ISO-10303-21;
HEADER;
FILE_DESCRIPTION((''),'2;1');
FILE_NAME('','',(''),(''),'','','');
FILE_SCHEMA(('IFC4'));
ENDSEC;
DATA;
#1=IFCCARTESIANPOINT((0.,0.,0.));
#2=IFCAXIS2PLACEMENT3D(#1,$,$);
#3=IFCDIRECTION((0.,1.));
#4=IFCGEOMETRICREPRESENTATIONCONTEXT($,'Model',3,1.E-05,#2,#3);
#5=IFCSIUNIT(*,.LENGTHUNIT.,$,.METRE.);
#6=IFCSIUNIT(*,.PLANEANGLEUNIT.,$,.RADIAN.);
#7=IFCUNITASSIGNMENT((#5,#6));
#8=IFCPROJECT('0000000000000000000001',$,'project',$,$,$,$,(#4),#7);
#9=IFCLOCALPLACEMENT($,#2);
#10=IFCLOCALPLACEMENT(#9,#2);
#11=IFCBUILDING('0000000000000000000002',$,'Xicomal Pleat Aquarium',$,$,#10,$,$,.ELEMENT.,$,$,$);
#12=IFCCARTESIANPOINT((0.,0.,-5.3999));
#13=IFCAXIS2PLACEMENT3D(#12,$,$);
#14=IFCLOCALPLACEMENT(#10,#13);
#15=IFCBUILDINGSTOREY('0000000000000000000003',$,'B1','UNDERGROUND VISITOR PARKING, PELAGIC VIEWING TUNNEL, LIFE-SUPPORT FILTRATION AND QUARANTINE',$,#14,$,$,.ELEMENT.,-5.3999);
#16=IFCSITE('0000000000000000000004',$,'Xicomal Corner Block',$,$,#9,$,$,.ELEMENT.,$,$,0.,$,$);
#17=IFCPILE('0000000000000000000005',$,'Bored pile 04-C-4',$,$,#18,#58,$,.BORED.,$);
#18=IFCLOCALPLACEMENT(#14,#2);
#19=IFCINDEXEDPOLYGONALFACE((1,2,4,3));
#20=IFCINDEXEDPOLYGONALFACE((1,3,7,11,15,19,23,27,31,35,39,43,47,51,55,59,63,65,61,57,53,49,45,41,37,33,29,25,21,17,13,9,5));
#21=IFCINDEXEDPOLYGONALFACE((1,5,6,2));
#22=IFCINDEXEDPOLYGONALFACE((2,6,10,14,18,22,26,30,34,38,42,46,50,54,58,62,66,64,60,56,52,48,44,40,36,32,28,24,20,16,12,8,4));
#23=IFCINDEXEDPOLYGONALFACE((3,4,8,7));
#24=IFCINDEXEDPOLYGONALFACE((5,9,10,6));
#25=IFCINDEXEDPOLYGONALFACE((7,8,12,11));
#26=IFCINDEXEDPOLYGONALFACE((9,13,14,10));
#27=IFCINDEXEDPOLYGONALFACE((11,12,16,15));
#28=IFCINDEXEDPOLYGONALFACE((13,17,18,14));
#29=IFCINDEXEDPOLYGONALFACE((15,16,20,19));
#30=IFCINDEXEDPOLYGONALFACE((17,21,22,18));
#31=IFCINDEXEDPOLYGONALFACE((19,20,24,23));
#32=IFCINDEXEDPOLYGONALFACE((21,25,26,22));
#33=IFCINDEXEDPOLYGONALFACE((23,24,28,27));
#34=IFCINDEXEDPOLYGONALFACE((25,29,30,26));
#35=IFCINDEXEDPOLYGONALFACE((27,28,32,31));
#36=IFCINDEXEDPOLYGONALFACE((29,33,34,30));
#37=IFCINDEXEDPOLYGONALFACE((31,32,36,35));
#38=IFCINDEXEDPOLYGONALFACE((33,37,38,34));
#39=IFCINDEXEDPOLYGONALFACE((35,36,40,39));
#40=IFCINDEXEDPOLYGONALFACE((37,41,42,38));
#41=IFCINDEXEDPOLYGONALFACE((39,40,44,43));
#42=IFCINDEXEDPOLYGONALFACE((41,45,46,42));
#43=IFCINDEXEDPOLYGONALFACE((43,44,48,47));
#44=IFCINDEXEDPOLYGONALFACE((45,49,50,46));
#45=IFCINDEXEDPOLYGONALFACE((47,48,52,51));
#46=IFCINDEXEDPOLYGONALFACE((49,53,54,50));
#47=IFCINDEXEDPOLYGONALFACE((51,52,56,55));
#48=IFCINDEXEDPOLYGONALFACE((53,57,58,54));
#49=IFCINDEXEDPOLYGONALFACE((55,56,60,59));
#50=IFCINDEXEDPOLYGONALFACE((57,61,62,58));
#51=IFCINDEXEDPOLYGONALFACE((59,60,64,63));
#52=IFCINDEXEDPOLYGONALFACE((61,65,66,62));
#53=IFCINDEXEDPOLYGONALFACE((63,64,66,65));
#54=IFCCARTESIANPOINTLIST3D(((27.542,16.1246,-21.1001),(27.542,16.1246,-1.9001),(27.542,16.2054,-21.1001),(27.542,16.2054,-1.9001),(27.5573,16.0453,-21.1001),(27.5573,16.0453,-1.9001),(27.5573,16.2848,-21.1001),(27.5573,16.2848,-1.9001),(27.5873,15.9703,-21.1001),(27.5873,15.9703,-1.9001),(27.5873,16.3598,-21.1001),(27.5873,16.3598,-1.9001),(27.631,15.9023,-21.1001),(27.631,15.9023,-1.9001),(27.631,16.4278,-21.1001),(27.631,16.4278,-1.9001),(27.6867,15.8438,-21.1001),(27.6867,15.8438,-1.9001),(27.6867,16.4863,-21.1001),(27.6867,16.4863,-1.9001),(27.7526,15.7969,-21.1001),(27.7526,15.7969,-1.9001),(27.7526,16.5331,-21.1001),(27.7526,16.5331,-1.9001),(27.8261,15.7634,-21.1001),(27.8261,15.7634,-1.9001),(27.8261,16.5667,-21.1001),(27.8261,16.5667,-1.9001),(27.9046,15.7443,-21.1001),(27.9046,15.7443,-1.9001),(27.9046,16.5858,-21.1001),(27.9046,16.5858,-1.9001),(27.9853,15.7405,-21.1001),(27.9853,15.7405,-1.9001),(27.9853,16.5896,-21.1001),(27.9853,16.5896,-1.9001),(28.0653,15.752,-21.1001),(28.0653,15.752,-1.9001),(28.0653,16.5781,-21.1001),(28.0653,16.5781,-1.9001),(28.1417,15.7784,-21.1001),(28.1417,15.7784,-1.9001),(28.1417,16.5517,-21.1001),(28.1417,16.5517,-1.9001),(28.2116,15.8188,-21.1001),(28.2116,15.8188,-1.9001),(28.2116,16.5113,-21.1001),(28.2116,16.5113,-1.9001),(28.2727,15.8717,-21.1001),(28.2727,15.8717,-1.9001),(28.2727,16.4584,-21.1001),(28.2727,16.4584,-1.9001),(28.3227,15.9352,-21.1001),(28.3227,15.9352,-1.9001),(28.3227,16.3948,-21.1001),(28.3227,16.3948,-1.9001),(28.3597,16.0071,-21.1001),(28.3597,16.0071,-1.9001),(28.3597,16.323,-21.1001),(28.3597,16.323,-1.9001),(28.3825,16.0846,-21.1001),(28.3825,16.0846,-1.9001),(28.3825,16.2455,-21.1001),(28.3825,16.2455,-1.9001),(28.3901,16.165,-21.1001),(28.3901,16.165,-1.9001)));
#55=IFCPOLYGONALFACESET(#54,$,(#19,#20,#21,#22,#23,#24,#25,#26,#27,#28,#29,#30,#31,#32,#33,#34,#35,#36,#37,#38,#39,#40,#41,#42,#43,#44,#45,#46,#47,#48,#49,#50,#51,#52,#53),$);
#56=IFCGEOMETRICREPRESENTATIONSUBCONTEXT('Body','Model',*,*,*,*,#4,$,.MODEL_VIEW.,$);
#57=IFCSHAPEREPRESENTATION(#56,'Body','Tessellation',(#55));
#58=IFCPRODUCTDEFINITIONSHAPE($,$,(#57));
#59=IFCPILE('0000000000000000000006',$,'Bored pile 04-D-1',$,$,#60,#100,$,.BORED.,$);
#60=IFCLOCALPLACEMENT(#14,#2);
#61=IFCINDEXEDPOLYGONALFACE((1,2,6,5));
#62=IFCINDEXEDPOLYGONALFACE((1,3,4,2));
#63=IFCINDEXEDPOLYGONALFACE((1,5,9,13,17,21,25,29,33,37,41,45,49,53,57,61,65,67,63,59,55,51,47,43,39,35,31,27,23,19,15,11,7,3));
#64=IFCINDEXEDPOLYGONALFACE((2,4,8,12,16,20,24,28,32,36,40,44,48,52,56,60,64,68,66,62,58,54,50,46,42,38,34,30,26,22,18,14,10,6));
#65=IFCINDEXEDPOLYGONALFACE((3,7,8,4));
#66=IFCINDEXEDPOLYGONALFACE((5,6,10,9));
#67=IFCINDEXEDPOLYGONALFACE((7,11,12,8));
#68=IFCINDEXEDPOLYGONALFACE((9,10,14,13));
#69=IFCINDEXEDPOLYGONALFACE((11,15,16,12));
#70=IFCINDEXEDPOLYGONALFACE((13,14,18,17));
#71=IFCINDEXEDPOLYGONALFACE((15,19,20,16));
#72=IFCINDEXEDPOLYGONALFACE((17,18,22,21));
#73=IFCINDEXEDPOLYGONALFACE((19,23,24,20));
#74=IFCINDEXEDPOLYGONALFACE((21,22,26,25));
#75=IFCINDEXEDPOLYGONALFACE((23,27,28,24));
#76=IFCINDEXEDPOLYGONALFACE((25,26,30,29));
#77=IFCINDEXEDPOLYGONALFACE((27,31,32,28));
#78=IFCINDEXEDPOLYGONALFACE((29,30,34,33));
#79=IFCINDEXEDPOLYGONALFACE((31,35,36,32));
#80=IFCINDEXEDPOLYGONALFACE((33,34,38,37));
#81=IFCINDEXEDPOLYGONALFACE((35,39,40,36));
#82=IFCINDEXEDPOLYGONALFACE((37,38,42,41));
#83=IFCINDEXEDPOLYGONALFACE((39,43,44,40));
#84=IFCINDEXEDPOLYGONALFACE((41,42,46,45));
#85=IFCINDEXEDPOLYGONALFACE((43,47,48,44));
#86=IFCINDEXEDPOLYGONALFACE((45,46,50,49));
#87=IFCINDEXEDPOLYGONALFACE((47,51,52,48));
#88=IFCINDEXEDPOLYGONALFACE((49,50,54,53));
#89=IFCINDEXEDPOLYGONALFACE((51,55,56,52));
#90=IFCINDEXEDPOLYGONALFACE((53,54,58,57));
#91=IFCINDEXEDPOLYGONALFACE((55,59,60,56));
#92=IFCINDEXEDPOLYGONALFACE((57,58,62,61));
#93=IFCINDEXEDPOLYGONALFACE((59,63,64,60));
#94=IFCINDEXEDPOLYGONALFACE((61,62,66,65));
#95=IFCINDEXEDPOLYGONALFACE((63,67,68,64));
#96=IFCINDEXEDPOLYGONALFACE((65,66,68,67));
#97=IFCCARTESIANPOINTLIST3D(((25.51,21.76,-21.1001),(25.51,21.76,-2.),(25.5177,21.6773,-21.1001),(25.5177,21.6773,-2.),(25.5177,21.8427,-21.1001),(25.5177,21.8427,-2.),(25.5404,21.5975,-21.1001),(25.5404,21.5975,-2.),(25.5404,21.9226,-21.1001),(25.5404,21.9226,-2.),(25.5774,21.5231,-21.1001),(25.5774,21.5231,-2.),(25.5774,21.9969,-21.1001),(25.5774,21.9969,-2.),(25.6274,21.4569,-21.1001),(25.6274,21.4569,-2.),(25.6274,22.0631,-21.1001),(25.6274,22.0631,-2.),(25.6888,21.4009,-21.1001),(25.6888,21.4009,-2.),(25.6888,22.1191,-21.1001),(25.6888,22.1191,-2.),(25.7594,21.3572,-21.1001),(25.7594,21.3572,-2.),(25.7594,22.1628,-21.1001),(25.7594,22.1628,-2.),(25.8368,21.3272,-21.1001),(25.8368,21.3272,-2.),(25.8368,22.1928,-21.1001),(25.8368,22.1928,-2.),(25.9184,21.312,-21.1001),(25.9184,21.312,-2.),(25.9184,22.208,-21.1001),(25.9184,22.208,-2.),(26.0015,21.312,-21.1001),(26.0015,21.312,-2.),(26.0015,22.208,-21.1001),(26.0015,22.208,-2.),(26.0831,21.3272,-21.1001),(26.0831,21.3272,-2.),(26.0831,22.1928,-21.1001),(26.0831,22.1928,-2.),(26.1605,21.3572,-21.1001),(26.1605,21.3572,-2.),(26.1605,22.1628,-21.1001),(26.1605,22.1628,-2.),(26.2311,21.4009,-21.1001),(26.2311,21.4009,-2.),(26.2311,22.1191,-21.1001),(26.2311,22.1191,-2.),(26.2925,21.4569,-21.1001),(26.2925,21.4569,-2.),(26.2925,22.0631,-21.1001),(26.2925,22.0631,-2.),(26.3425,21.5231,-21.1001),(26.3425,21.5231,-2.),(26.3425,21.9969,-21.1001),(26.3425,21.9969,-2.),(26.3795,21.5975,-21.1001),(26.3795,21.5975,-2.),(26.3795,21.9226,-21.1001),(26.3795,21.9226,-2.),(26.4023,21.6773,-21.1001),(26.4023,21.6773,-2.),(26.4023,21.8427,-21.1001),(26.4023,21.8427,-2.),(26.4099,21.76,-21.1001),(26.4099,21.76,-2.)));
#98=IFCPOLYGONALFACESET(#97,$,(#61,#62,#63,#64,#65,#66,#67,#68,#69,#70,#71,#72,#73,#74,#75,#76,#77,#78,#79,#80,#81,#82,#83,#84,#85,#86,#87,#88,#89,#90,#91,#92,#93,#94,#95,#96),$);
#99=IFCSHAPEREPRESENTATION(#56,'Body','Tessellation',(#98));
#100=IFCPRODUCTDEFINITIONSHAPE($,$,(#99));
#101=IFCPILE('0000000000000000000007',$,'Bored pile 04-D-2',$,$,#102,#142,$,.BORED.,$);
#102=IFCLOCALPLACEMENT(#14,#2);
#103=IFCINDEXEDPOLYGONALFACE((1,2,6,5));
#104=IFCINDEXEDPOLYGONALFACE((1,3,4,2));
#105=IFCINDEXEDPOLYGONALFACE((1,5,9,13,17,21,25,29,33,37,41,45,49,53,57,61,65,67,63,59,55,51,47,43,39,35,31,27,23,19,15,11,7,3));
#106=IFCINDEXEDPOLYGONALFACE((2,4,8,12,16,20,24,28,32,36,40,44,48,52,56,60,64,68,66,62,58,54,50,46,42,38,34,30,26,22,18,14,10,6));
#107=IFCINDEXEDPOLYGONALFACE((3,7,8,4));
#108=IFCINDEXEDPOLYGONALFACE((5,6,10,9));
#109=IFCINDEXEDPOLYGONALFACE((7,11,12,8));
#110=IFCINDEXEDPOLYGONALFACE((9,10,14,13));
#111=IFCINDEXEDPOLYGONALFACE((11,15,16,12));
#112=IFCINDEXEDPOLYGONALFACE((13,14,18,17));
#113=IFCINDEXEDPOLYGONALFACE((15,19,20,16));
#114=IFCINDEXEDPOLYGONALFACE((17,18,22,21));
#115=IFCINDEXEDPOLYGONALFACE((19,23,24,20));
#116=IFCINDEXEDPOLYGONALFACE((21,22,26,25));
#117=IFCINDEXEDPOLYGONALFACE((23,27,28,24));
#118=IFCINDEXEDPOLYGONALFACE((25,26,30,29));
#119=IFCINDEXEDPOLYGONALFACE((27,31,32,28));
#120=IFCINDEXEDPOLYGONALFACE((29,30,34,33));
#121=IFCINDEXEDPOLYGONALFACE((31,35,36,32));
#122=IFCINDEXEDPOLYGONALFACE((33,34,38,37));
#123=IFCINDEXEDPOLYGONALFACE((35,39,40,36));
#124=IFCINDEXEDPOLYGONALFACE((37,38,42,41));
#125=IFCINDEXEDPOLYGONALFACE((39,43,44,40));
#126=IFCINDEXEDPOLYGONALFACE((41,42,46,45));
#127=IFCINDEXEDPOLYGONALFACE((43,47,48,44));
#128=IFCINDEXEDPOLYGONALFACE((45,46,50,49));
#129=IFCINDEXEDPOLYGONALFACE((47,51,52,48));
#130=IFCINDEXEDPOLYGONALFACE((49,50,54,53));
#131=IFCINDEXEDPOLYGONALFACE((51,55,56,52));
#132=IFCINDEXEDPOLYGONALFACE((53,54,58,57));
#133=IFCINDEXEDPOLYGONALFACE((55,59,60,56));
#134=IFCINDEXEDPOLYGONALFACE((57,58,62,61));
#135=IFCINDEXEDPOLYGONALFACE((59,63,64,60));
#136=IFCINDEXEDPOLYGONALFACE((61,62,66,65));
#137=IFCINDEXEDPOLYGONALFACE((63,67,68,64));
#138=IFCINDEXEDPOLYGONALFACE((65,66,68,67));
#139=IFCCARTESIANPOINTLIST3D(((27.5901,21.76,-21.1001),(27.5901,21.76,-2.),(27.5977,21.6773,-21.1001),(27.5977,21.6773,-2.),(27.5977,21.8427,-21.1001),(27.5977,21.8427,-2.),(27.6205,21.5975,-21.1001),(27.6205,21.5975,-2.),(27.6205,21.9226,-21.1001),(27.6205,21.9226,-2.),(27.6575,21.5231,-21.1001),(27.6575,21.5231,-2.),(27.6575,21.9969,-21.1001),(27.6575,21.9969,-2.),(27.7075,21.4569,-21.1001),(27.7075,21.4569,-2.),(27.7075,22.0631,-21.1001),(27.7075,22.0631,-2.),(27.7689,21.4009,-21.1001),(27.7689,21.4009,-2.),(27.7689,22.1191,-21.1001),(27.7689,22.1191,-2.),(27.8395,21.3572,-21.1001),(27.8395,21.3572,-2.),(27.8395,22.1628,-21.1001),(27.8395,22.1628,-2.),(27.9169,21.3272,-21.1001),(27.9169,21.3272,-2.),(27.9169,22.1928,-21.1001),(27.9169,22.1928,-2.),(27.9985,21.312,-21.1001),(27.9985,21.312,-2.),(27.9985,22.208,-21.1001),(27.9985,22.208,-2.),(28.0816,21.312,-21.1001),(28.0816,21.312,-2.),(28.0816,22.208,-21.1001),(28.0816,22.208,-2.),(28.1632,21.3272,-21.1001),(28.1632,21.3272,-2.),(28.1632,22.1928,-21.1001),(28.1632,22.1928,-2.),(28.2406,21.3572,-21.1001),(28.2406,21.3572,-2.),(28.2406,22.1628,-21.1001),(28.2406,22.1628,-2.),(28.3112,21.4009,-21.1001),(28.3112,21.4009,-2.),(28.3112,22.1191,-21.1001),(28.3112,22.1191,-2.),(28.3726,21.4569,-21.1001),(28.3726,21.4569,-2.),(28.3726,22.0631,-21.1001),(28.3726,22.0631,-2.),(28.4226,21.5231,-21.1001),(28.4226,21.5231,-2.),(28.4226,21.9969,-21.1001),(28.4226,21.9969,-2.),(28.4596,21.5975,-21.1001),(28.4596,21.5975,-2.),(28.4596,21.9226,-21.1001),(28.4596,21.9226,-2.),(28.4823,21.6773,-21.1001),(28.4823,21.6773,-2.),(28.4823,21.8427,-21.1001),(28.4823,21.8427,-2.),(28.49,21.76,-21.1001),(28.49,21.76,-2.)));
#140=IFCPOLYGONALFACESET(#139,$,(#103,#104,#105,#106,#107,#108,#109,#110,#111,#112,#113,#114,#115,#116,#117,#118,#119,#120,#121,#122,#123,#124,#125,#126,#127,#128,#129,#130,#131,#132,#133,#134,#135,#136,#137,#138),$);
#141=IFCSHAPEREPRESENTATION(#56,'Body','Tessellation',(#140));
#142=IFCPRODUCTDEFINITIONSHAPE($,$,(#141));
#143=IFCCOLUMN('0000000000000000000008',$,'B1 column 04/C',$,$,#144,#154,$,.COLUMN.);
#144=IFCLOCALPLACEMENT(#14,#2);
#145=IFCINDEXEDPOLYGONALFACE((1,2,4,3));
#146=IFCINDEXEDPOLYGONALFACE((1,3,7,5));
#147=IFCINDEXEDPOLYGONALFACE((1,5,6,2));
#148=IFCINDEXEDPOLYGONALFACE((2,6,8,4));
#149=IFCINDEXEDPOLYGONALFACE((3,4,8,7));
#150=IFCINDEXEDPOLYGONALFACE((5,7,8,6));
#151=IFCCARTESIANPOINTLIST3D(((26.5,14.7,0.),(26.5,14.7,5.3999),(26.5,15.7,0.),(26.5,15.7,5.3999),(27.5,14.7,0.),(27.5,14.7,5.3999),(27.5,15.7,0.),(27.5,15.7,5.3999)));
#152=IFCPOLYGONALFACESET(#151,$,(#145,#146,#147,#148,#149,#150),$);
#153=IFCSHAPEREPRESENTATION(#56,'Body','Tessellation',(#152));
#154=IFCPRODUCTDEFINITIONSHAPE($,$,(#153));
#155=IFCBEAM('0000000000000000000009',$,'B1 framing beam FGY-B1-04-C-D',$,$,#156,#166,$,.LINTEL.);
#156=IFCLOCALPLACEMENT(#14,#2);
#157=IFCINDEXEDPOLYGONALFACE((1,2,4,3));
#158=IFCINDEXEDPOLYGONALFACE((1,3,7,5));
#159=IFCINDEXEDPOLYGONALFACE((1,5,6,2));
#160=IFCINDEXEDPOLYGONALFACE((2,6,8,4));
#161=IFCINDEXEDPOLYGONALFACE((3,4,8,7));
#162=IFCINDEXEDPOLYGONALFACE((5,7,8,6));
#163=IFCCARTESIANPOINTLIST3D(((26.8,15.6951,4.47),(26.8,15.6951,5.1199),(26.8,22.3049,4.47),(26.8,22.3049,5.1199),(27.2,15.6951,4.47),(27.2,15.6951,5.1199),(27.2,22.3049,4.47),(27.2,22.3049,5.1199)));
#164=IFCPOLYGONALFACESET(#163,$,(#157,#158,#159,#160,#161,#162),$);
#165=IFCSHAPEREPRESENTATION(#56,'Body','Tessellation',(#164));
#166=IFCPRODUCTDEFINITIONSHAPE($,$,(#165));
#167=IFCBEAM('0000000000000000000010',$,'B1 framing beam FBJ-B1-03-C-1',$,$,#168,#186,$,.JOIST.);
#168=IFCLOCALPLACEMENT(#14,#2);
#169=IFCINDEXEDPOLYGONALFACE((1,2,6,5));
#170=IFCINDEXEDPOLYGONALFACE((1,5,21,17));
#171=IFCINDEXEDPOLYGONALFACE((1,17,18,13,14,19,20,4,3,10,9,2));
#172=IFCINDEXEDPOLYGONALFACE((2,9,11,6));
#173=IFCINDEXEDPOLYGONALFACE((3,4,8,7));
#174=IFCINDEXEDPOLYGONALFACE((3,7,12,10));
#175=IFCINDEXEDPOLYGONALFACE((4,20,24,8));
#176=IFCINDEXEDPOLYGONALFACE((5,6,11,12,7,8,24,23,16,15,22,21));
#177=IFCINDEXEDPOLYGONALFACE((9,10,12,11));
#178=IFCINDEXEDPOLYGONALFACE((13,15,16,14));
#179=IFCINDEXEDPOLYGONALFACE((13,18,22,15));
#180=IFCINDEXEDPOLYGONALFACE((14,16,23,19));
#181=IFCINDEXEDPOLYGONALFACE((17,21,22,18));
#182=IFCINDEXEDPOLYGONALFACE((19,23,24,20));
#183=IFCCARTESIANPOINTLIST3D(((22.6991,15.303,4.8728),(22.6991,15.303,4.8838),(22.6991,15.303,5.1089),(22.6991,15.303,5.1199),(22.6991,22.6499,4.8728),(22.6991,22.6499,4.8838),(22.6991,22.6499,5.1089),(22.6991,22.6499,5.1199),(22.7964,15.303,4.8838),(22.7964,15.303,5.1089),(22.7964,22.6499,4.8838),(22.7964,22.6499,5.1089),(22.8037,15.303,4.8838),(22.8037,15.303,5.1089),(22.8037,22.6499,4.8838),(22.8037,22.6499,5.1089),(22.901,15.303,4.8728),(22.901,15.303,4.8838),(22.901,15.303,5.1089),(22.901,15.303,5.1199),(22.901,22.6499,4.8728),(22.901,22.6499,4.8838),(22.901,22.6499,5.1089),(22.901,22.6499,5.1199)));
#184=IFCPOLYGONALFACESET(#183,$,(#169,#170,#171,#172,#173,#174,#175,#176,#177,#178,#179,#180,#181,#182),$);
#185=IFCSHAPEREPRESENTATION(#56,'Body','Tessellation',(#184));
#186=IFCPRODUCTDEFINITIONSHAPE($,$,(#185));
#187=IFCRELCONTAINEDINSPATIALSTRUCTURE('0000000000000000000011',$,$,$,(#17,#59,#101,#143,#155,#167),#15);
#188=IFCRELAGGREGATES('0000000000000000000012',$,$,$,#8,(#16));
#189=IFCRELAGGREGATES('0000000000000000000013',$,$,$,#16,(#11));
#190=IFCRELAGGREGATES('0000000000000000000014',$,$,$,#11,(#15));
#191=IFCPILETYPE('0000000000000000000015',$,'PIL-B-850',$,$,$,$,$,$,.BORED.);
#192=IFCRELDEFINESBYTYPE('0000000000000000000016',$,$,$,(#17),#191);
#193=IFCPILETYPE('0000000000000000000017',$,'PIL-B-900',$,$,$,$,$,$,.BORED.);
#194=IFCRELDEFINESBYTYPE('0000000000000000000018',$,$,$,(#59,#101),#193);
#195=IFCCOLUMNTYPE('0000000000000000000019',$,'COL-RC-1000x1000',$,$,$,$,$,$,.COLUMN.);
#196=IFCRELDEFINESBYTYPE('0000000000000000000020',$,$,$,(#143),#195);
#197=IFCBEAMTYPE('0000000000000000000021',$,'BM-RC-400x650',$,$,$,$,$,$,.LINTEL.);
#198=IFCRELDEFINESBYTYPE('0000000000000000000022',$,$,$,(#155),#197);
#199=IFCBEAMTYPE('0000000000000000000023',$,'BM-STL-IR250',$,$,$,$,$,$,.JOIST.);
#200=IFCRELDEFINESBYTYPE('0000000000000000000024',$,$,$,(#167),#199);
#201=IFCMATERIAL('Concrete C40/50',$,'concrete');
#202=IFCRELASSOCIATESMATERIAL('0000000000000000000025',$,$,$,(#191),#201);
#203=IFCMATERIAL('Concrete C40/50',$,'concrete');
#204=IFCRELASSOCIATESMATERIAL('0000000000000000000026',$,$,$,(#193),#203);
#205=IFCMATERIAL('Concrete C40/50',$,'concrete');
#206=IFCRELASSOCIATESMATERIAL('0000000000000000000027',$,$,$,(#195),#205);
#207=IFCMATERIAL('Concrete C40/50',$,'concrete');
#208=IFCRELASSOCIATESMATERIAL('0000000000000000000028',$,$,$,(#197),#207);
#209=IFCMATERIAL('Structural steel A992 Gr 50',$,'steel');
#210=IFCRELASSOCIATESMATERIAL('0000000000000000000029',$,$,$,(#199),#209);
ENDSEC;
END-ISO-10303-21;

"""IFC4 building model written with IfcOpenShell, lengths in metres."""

from ifc_helpers import new_model, si_unit, direction, frame, origin, origin_2d, place, context, subcontext, project, spatial, rectangle, circle, i_section, extrude, material, material_profile, profile_set, type_object, element, save


model = new_model("IFC4")

# Units and contexts
model_context = context("Model", 3, precision=1e-05, world=origin(), true_north=direction((0.0, 1.0)))
body_context = subcontext(model_context, "Body", "Model", "MODEL_VIEW")
ifc_project = project(units=[si_unit("LENGTHUNIT", "METRE"), si_unit("PLANEANGLEUNIT", "RADIAN")], contexts=[model_context])

# Site, building, storey
site_placement = place(None, origin())
site = spatial("IfcSite", under=ifc_project, at=site_placement, Name="Xicomal Corner Block", CompositionType="ELEMENT", RefElevation=0.0)
building_placement = place(site_placement, origin())
building = spatial("IfcBuilding", under=site, at=building_placement, Name="Xicomal Pleat Aquarium", CompositionType="ELEMENT")
storey_placement = place(building_placement, frame((0.0, 0.0, -5.3999)))
storey = spatial("IfcBuildingStorey", under=building, at=storey_placement, Name="B1", Description="UNDERGROUND VISITOR PARKING, PELAGIC VIEWING TUNNEL, LIFE-SUPPORT FILTRATION AND QUARANTINE", CompositionType="ELEMENT", Elevation=-5.3999)

# Piles
ifc_material_1 = material(Name="Concrete C40/50", Category="concrete")
ifc_material_profile_1 = material_profile(ifc_material_1, circle(Radius=0.425, at=origin_2d()), Name="BORED PILE D850")
ifc_profile_set_1 = profile_set([ifc_material_profile_1], Name="Concrete C40/50")
pile_type_1 = type_object("IfcPileType", Name="PIL-B-850", PredefinedType="BORED", material=ifc_profile_set_1)
for number, where, z_axis, x_axis, name in (
    (1, (27.9651, 16.165, -1.9001), (0.0, 0.0, -1.0), (1.0, 0.0, 0.0), "Bored pile 04-C-4"),
):
    element("IfcPile", number, at=place(storey_placement, frame(where, z_axis=z_axis, x_axis=x_axis)), inside=storey, type_object=pile_type_1, Name=name, PredefinedType="BORED", context=body_context, shape_type="SweptSolid", body=[
        extrude(circle(Radius=0.425, at=origin_2d()), origin(), (0.0, 0.0, 1.0), 19.2),
    ])
ifc_material_2 = material(Name="Concrete C40/50", Category="concrete")
ifc_material_profile_2 = material_profile(ifc_material_2, circle(Radius=0.45, at=origin_2d()), Name="BORED PILE D900")
ifc_profile_set_2 = profile_set([ifc_material_profile_2], Name="Concrete C40/50")
pile_type_2 = type_object("IfcPileType", Name="PIL-B-900", PredefinedType="BORED", material=ifc_profile_set_2)
for number, where, z_axis, x_axis, name in (
    (2, (25.96, 21.76, -2.0), (0.0, 0.0, -1.0), (1.0, 0.0, 0.0), "Bored pile 04-D-1"),
    (3, (28.04, 21.76, -2.0), (0.0, 0.0, -1.0), (1.0, 0.0, 0.0), "Bored pile 04-D-2"),
):
    element("IfcPile", number, at=place(storey_placement, frame(where, z_axis=z_axis, x_axis=x_axis)), inside=storey, type_object=pile_type_2, Name=name, PredefinedType="BORED", context=body_context, shape_type="SweptSolid", body=[
        extrude(circle(Radius=0.45, at=origin_2d()), origin(), (0.0, 0.0, 1.0), 19.1001),
    ])

# Column
ifc_material_3 = material(Name="Concrete C40/50", Category="concrete")
ifc_material_profile_3 = material_profile(ifc_material_3, rectangle(XDim=1.0, YDim=1.0, at=origin_2d()), Name="RC 1000x1000")
ifc_profile_set_3 = profile_set([ifc_material_profile_3], Name="Concrete C40/50")
column_type = type_object("IfcColumnType", Name="COL-RC-1000x1000", PredefinedType="COLUMN", material=ifc_profile_set_3)
column_placement = place(storey_placement, frame((27.0, 15.2, 0.0), z_axis=(0.0, 0.0, 1.0), x_axis=(1.0, 0.0, 0.0)))
element("IfcColumn", 4, at=column_placement, inside=storey, type_object=column_type, Name="B1 column 04/C", PredefinedType="COLUMN", context=body_context, shape_type="SweptSolid", body=[
    extrude(rectangle(XDim=1.0, YDim=1.0, at=origin_2d()), origin(), (0.0, 0.0, 1.0), 5.3999),
])

# Beams
ifc_material_4 = material(Name="Concrete C40/50", Category="concrete")
ifc_material_profile_4 = material_profile(ifc_material_4, rectangle(XDim=0.3999, YDim=0.6499, at=origin_2d()), Name="RC 400x650")
ifc_profile_set_4 = profile_set([ifc_material_profile_4], Name="Concrete C40/50")
beam_type_1 = type_object("IfcBeamType", Name="BM-RC-400x650", PredefinedType="LINTEL", material=ifc_profile_set_4)
beam_1_placement = place(storey_placement, frame((27.0, 15.6951, 4.7949), z_axis=(0.0, 1.0, 0.0), x_axis=(-1.0, 0.0, 0.0)))
element("IfcBeam", 5, at=beam_1_placement, inside=storey, type_object=beam_type_1, Name="B1 framing beam FGY-B1-04-C-D", PredefinedType="LINTEL", context=body_context, shape_type="SweptSolid", body=[
    extrude(rectangle(XDim=0.3999, YDim=0.6499, at=origin_2d()), origin(), (0.0, 0.0, 1.0), 6.6099),
])
ifc_material_5 = material(Name="Structural steel A992 Gr 50", Category="steel")
ifc_material_profile_5 = material_profile(ifc_material_5, i_section(OverallWidth=0.2019, OverallDepth=0.2471, WebThickness=0.0073, FlangeThickness=0.011, at=origin_2d()), Name="IR 250x49")
ifc_profile_set_5 = profile_set([ifc_material_profile_5], Name="Structural steel A992 Gr 50")
beam_type_2 = type_object("IfcBeamType", Name="BM-STL-IR250", PredefinedType="JOIST", material=ifc_profile_set_5)
beam_2_placement = place(storey_placement, frame((22.8, 15.303, 4.9963), z_axis=(0.0, 1.0, 0.0), x_axis=(-1.0, 0.0, 0.0)))
element("IfcBeam", 6, at=beam_2_placement, inside=storey, type_object=beam_type_2, Name="B1 framing beam FBJ-B1-03-C-1", PredefinedType="JOIST", context=body_context, shape_type="SweptSolid", body=[
    extrude(i_section(OverallWidth=0.2019, OverallDepth=0.2471, WebThickness=0.0073, FlangeThickness=0.011, at=origin_2d()), origin(), (0.0, 0.0, 1.0), 7.3469),
])

save(model, "model.ifc")
